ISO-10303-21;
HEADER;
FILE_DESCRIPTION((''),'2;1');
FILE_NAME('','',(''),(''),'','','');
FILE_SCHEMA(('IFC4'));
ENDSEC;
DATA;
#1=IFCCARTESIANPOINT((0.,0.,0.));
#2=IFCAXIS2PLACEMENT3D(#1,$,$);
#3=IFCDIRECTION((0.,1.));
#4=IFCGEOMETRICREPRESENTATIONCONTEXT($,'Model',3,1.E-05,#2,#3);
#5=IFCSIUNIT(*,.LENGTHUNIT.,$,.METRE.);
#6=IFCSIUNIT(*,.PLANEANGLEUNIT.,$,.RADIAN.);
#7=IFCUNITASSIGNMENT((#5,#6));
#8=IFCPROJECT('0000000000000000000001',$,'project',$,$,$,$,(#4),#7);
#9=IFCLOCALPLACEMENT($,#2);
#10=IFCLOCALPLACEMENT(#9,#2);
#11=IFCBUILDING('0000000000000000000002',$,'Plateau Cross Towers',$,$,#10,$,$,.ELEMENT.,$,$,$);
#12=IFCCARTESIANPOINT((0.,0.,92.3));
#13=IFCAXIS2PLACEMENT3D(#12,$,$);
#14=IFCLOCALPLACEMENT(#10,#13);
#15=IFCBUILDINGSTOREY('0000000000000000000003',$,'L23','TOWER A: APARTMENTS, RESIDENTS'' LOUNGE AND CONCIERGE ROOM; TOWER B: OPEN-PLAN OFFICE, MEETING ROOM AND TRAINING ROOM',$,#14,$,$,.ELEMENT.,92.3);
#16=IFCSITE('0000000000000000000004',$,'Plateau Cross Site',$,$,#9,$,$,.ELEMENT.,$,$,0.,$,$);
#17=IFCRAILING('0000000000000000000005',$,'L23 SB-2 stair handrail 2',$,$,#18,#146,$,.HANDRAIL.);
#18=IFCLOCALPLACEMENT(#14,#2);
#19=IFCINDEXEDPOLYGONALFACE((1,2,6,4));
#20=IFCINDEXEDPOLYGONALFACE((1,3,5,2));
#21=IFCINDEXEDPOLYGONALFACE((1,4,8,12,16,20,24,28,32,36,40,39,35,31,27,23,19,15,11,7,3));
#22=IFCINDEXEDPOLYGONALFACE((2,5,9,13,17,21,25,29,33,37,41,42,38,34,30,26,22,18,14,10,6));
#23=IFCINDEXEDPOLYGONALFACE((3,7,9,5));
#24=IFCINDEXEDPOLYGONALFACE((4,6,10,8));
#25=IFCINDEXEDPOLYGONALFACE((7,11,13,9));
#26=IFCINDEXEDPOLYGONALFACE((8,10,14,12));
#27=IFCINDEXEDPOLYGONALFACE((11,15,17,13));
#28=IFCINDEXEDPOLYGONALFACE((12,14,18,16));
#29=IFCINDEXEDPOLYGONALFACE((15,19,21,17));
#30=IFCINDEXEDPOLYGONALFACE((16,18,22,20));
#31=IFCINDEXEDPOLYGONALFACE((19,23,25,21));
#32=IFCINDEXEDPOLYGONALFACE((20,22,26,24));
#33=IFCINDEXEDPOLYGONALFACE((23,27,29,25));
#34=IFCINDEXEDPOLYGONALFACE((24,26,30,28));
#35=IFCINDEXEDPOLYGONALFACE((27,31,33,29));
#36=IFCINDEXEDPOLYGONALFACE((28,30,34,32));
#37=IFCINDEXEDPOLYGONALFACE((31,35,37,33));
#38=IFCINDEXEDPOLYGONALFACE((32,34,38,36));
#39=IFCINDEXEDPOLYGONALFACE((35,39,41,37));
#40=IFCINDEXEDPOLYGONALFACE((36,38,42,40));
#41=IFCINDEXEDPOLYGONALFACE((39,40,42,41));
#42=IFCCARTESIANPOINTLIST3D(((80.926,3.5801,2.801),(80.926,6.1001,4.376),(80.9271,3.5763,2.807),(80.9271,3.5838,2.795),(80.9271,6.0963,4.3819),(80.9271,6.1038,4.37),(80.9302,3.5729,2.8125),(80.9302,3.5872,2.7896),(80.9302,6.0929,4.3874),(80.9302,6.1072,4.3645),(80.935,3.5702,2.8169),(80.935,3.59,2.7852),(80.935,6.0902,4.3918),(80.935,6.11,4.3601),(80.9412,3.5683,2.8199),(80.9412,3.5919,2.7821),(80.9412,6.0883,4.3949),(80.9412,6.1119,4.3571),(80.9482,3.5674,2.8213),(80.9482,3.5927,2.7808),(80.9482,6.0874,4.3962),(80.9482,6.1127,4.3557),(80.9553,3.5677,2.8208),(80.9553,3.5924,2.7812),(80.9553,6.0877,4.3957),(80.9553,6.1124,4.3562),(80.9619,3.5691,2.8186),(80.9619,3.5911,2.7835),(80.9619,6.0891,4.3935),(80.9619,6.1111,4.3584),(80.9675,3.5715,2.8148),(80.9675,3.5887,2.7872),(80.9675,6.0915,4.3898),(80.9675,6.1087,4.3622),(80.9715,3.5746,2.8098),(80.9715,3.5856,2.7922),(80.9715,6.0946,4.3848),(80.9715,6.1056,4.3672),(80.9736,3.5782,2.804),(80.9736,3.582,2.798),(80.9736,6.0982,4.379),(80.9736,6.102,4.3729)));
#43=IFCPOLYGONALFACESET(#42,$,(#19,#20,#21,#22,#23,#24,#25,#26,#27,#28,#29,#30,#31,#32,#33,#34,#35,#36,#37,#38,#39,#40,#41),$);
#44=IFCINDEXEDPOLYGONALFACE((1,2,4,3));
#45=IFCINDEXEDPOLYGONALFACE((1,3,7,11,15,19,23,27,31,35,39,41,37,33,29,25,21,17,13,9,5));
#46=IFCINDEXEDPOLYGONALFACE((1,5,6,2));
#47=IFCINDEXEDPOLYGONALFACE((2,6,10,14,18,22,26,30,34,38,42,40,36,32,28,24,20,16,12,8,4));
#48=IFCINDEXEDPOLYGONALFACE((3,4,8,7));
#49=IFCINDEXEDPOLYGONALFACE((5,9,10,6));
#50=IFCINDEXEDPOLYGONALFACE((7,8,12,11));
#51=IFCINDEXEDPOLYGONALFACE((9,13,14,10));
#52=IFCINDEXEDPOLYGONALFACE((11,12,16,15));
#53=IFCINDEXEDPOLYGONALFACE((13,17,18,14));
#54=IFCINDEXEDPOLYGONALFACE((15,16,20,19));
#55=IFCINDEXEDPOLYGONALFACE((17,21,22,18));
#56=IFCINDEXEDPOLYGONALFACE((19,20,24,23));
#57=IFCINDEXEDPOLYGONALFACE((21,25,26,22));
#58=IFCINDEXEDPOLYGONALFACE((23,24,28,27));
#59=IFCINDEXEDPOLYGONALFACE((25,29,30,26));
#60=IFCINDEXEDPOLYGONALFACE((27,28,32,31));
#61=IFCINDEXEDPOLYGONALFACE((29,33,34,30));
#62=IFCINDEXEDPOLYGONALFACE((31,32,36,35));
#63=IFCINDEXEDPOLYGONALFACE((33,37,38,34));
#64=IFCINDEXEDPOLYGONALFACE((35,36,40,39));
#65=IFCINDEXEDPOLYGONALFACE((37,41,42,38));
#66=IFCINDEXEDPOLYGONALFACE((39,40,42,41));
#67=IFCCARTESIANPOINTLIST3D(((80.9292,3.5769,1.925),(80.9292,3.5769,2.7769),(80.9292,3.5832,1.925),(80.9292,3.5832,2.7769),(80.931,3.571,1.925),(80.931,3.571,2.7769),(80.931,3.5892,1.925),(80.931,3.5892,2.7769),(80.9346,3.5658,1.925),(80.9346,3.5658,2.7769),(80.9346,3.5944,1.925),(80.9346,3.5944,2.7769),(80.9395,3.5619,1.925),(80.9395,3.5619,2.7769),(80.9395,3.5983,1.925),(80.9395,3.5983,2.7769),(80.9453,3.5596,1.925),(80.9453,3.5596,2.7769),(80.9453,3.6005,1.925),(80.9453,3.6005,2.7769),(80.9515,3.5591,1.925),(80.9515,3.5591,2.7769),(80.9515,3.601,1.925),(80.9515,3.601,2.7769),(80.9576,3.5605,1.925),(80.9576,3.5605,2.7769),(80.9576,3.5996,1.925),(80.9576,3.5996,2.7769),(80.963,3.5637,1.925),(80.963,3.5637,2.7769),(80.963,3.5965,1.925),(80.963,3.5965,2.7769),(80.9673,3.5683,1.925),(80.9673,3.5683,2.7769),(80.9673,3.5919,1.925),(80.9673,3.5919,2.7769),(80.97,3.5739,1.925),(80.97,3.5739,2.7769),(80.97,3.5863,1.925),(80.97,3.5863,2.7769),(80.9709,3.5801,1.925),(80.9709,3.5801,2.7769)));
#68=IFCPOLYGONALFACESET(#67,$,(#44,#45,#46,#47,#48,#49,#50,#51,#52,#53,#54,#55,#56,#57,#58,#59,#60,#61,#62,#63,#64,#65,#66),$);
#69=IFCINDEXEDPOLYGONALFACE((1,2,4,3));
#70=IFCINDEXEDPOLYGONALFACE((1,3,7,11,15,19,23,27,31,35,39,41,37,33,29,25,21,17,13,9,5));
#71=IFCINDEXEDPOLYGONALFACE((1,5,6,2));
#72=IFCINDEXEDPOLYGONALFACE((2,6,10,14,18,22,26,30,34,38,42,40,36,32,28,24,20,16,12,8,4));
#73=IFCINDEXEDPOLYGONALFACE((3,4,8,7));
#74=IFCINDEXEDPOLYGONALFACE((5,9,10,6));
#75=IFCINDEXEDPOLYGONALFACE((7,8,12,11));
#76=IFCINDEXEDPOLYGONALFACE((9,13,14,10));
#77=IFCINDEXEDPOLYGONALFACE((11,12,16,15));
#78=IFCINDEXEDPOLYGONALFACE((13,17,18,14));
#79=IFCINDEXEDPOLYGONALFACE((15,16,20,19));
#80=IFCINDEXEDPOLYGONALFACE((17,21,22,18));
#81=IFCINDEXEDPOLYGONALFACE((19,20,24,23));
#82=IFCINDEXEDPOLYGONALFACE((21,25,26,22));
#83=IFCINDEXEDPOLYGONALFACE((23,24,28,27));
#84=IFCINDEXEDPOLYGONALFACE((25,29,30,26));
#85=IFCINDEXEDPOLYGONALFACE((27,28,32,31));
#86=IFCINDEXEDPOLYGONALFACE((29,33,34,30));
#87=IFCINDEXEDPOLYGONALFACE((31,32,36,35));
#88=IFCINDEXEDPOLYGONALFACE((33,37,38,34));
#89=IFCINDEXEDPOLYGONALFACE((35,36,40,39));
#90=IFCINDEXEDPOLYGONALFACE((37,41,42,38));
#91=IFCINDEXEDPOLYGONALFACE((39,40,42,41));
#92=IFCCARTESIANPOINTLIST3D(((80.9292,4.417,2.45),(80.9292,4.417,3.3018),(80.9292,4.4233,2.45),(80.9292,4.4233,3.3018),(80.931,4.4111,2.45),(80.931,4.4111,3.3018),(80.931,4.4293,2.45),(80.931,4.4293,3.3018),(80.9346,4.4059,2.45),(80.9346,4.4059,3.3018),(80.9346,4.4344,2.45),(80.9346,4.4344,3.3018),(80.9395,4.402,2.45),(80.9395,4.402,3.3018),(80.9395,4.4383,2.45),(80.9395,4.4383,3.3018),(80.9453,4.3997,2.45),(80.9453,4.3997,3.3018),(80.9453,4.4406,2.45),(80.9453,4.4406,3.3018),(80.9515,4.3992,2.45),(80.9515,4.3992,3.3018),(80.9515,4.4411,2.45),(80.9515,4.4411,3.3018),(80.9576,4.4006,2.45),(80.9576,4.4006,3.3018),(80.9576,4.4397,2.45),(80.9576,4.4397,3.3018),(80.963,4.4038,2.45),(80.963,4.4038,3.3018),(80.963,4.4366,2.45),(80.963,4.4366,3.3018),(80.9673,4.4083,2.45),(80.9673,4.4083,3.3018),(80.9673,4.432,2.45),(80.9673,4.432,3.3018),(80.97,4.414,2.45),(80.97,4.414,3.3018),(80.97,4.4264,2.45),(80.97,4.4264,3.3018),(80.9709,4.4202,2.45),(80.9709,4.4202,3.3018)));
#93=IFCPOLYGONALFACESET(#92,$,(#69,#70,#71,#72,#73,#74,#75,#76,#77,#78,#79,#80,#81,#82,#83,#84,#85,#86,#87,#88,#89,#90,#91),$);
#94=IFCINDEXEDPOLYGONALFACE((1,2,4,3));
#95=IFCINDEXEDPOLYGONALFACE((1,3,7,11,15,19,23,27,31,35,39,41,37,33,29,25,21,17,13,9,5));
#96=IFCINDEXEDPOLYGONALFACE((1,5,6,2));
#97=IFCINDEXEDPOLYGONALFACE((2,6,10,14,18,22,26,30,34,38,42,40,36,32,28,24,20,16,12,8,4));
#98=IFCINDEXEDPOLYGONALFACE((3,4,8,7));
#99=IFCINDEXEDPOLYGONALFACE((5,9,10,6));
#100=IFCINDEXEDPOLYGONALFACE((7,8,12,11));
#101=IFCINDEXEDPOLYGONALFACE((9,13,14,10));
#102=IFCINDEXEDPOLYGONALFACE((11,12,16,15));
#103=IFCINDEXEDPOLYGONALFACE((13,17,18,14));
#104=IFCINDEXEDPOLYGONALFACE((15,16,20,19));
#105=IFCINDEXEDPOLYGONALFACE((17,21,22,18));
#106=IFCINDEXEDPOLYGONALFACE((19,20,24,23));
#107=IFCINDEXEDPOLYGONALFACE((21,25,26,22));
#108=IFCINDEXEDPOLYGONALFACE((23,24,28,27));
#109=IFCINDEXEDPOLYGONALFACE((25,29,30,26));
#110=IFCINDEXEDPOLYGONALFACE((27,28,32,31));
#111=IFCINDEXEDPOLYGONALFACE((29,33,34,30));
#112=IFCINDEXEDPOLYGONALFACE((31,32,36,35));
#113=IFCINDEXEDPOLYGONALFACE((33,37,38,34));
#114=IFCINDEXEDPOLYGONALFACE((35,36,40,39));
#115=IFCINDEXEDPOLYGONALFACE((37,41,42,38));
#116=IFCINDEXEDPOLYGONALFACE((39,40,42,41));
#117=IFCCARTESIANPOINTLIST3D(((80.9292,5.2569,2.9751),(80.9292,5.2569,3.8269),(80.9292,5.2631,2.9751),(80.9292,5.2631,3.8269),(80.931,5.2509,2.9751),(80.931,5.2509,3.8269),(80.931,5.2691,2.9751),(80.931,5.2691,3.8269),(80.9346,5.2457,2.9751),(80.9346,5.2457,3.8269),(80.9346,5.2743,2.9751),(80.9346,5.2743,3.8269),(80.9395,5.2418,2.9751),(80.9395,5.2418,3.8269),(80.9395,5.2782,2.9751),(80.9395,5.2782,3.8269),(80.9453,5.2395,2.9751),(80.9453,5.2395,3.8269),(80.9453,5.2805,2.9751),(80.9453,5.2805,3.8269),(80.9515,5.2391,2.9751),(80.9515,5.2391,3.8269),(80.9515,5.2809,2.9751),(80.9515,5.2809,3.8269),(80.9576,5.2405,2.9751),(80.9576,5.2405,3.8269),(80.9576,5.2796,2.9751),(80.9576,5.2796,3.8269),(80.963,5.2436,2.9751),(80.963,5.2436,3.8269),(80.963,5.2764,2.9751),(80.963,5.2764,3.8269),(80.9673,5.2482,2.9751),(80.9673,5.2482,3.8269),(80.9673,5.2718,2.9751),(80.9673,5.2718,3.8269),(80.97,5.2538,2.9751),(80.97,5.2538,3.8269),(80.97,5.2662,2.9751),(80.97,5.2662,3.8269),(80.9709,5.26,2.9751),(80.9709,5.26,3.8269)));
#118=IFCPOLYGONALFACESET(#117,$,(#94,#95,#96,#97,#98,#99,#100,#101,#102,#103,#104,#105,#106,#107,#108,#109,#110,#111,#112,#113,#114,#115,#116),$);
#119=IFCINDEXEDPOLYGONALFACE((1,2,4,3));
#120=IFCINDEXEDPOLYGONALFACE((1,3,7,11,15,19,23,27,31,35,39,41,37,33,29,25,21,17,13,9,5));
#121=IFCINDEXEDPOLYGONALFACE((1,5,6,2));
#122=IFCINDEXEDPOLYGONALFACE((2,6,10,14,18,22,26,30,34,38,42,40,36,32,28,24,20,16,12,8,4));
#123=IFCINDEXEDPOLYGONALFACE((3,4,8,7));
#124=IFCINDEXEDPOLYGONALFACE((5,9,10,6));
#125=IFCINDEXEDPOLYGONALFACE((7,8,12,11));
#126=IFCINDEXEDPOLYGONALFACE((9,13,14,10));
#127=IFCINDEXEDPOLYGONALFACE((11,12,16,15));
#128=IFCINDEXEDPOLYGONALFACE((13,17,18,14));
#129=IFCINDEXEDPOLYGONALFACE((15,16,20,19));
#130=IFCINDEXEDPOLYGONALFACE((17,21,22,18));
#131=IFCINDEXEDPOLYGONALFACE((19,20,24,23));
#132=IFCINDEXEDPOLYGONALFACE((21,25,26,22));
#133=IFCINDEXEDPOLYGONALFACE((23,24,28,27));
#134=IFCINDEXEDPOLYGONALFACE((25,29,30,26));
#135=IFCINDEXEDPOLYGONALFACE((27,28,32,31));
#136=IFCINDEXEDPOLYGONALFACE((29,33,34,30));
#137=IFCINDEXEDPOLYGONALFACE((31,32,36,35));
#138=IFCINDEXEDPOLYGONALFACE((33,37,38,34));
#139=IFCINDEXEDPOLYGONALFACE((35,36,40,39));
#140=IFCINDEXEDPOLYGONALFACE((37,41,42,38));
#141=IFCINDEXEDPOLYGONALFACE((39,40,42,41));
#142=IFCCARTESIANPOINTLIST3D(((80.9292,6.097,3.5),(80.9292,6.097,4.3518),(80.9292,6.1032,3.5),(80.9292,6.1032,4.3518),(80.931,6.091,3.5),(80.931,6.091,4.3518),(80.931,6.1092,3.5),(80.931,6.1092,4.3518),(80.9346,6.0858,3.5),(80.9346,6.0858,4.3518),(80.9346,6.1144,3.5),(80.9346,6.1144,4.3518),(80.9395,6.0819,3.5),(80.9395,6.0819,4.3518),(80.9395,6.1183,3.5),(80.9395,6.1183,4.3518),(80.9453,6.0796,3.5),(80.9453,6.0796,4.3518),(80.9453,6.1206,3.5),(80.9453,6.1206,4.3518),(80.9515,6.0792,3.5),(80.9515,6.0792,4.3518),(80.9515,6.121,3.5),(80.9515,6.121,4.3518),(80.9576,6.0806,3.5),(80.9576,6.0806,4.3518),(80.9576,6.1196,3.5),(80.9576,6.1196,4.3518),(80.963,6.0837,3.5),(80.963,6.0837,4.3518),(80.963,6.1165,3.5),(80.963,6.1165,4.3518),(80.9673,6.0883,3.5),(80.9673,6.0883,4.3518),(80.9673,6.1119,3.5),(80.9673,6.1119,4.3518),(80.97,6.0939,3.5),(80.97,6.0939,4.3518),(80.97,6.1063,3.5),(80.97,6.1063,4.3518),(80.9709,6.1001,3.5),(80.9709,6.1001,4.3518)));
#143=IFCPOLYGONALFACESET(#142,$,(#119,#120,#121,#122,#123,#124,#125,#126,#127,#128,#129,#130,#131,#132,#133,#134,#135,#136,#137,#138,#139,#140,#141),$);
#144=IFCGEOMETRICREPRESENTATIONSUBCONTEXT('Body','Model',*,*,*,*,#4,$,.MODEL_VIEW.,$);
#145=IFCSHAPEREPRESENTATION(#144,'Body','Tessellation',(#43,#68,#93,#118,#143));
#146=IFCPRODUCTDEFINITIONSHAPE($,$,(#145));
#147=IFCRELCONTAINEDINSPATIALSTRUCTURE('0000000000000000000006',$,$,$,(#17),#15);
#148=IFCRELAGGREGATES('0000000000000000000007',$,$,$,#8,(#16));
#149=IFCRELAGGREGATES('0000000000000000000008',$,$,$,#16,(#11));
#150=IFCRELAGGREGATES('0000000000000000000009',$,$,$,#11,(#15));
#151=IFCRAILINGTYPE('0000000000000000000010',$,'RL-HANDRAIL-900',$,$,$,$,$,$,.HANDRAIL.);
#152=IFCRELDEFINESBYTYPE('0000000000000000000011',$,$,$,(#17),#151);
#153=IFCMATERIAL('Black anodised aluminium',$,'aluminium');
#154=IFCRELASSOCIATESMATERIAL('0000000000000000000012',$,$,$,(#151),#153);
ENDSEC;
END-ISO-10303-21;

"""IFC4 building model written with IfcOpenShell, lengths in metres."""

from ifc_helpers import new_model, si_unit, direction, frame, origin, origin_2d, place, context, subcontext, project, spatial, circle, extrude, material, type_object, element, save


model = new_model("IFC4")

# Units and contexts
model_context = context("Model", 3, precision=1e-05, world=origin(), true_north=direction((0.0, 1.0)))
body_context = subcontext(model_context, "Body", "Model", "MODEL_VIEW")
ifc_project = project(units=[si_unit("LENGTHUNIT", "METRE"), si_unit("PLANEANGLEUNIT", "RADIAN")], contexts=[model_context])

# Site, building, storey
site_placement = place(None, origin())
site = spatial("IfcSite", under=ifc_project, at=site_placement, Name="Plateau Cross Site", CompositionType="ELEMENT", RefElevation=0.0)
building_placement = place(site_placement, origin())
building = spatial("IfcBuilding", under=site, at=building_placement, Name="Plateau Cross Towers", CompositionType="ELEMENT")
storey_placement = place(building_placement, frame((0.0, 0.0, 92.3)))
storey = spatial("IfcBuildingStorey", under=building, at=storey_placement, Name="L23", Description="TOWER A: APARTMENTS, RESIDENTS' LOUNGE AND CONCIERGE ROOM; TOWER B: OPEN-PLAN OFFICE, MEETING ROOM AND TRAINING ROOM", CompositionType="ELEMENT", Elevation=92.3)

# Shared definitions
ifc_material_1 = material(Name="Black anodised aluminium", Category="aluminium")

# Railing
railing_type_1 = type_object("IfcRailingType", Name="RL-HANDRAIL-900", PredefinedType="HANDRAIL", material=ifc_material_1)
railing_1_placement = place(storey_placement, frame((80.95, 3.5801, 1.925)))
element("IfcRailing", 1, at=railing_1_placement, inside=storey, type_object=railing_type_1, Name="L23 SB-2 stair handrail 2", PredefinedType="HANDRAIL", context=body_context, shape_type="SweptSolid", body=[
    extrude(circle(Radius=0.0239, at=origin_2d()), frame((0.0, 0.0, 0.876), z_axis=(0.0, 0.848008, 0.529984), x_axis=(-1.0, 0.0, 0.0)), (0.0, 0.0, 1.0), 2.9717),
    extrude(circle(Radius=0.021, at=origin_2d()), origin(), (0.0, 0.0, 1.0), 0.8518),
    extrude(circle(Radius=0.021, at=origin_2d()), frame((0.0, 0.8401, 0.5249)), (0.0, 0.0, 1.0), 0.8518),
    extrude(circle(Radius=0.021, at=origin_2d()), frame((0.0, 1.6799, 1.05)), (0.0, 0.0, 1.0), 0.8518),
    extrude(circle(Radius=0.021, at=origin_2d()), frame((0.0, 2.52, 1.575)), (0.0, 0.0, 1.0), 0.8518),
])

save(model, "model.ifc")
